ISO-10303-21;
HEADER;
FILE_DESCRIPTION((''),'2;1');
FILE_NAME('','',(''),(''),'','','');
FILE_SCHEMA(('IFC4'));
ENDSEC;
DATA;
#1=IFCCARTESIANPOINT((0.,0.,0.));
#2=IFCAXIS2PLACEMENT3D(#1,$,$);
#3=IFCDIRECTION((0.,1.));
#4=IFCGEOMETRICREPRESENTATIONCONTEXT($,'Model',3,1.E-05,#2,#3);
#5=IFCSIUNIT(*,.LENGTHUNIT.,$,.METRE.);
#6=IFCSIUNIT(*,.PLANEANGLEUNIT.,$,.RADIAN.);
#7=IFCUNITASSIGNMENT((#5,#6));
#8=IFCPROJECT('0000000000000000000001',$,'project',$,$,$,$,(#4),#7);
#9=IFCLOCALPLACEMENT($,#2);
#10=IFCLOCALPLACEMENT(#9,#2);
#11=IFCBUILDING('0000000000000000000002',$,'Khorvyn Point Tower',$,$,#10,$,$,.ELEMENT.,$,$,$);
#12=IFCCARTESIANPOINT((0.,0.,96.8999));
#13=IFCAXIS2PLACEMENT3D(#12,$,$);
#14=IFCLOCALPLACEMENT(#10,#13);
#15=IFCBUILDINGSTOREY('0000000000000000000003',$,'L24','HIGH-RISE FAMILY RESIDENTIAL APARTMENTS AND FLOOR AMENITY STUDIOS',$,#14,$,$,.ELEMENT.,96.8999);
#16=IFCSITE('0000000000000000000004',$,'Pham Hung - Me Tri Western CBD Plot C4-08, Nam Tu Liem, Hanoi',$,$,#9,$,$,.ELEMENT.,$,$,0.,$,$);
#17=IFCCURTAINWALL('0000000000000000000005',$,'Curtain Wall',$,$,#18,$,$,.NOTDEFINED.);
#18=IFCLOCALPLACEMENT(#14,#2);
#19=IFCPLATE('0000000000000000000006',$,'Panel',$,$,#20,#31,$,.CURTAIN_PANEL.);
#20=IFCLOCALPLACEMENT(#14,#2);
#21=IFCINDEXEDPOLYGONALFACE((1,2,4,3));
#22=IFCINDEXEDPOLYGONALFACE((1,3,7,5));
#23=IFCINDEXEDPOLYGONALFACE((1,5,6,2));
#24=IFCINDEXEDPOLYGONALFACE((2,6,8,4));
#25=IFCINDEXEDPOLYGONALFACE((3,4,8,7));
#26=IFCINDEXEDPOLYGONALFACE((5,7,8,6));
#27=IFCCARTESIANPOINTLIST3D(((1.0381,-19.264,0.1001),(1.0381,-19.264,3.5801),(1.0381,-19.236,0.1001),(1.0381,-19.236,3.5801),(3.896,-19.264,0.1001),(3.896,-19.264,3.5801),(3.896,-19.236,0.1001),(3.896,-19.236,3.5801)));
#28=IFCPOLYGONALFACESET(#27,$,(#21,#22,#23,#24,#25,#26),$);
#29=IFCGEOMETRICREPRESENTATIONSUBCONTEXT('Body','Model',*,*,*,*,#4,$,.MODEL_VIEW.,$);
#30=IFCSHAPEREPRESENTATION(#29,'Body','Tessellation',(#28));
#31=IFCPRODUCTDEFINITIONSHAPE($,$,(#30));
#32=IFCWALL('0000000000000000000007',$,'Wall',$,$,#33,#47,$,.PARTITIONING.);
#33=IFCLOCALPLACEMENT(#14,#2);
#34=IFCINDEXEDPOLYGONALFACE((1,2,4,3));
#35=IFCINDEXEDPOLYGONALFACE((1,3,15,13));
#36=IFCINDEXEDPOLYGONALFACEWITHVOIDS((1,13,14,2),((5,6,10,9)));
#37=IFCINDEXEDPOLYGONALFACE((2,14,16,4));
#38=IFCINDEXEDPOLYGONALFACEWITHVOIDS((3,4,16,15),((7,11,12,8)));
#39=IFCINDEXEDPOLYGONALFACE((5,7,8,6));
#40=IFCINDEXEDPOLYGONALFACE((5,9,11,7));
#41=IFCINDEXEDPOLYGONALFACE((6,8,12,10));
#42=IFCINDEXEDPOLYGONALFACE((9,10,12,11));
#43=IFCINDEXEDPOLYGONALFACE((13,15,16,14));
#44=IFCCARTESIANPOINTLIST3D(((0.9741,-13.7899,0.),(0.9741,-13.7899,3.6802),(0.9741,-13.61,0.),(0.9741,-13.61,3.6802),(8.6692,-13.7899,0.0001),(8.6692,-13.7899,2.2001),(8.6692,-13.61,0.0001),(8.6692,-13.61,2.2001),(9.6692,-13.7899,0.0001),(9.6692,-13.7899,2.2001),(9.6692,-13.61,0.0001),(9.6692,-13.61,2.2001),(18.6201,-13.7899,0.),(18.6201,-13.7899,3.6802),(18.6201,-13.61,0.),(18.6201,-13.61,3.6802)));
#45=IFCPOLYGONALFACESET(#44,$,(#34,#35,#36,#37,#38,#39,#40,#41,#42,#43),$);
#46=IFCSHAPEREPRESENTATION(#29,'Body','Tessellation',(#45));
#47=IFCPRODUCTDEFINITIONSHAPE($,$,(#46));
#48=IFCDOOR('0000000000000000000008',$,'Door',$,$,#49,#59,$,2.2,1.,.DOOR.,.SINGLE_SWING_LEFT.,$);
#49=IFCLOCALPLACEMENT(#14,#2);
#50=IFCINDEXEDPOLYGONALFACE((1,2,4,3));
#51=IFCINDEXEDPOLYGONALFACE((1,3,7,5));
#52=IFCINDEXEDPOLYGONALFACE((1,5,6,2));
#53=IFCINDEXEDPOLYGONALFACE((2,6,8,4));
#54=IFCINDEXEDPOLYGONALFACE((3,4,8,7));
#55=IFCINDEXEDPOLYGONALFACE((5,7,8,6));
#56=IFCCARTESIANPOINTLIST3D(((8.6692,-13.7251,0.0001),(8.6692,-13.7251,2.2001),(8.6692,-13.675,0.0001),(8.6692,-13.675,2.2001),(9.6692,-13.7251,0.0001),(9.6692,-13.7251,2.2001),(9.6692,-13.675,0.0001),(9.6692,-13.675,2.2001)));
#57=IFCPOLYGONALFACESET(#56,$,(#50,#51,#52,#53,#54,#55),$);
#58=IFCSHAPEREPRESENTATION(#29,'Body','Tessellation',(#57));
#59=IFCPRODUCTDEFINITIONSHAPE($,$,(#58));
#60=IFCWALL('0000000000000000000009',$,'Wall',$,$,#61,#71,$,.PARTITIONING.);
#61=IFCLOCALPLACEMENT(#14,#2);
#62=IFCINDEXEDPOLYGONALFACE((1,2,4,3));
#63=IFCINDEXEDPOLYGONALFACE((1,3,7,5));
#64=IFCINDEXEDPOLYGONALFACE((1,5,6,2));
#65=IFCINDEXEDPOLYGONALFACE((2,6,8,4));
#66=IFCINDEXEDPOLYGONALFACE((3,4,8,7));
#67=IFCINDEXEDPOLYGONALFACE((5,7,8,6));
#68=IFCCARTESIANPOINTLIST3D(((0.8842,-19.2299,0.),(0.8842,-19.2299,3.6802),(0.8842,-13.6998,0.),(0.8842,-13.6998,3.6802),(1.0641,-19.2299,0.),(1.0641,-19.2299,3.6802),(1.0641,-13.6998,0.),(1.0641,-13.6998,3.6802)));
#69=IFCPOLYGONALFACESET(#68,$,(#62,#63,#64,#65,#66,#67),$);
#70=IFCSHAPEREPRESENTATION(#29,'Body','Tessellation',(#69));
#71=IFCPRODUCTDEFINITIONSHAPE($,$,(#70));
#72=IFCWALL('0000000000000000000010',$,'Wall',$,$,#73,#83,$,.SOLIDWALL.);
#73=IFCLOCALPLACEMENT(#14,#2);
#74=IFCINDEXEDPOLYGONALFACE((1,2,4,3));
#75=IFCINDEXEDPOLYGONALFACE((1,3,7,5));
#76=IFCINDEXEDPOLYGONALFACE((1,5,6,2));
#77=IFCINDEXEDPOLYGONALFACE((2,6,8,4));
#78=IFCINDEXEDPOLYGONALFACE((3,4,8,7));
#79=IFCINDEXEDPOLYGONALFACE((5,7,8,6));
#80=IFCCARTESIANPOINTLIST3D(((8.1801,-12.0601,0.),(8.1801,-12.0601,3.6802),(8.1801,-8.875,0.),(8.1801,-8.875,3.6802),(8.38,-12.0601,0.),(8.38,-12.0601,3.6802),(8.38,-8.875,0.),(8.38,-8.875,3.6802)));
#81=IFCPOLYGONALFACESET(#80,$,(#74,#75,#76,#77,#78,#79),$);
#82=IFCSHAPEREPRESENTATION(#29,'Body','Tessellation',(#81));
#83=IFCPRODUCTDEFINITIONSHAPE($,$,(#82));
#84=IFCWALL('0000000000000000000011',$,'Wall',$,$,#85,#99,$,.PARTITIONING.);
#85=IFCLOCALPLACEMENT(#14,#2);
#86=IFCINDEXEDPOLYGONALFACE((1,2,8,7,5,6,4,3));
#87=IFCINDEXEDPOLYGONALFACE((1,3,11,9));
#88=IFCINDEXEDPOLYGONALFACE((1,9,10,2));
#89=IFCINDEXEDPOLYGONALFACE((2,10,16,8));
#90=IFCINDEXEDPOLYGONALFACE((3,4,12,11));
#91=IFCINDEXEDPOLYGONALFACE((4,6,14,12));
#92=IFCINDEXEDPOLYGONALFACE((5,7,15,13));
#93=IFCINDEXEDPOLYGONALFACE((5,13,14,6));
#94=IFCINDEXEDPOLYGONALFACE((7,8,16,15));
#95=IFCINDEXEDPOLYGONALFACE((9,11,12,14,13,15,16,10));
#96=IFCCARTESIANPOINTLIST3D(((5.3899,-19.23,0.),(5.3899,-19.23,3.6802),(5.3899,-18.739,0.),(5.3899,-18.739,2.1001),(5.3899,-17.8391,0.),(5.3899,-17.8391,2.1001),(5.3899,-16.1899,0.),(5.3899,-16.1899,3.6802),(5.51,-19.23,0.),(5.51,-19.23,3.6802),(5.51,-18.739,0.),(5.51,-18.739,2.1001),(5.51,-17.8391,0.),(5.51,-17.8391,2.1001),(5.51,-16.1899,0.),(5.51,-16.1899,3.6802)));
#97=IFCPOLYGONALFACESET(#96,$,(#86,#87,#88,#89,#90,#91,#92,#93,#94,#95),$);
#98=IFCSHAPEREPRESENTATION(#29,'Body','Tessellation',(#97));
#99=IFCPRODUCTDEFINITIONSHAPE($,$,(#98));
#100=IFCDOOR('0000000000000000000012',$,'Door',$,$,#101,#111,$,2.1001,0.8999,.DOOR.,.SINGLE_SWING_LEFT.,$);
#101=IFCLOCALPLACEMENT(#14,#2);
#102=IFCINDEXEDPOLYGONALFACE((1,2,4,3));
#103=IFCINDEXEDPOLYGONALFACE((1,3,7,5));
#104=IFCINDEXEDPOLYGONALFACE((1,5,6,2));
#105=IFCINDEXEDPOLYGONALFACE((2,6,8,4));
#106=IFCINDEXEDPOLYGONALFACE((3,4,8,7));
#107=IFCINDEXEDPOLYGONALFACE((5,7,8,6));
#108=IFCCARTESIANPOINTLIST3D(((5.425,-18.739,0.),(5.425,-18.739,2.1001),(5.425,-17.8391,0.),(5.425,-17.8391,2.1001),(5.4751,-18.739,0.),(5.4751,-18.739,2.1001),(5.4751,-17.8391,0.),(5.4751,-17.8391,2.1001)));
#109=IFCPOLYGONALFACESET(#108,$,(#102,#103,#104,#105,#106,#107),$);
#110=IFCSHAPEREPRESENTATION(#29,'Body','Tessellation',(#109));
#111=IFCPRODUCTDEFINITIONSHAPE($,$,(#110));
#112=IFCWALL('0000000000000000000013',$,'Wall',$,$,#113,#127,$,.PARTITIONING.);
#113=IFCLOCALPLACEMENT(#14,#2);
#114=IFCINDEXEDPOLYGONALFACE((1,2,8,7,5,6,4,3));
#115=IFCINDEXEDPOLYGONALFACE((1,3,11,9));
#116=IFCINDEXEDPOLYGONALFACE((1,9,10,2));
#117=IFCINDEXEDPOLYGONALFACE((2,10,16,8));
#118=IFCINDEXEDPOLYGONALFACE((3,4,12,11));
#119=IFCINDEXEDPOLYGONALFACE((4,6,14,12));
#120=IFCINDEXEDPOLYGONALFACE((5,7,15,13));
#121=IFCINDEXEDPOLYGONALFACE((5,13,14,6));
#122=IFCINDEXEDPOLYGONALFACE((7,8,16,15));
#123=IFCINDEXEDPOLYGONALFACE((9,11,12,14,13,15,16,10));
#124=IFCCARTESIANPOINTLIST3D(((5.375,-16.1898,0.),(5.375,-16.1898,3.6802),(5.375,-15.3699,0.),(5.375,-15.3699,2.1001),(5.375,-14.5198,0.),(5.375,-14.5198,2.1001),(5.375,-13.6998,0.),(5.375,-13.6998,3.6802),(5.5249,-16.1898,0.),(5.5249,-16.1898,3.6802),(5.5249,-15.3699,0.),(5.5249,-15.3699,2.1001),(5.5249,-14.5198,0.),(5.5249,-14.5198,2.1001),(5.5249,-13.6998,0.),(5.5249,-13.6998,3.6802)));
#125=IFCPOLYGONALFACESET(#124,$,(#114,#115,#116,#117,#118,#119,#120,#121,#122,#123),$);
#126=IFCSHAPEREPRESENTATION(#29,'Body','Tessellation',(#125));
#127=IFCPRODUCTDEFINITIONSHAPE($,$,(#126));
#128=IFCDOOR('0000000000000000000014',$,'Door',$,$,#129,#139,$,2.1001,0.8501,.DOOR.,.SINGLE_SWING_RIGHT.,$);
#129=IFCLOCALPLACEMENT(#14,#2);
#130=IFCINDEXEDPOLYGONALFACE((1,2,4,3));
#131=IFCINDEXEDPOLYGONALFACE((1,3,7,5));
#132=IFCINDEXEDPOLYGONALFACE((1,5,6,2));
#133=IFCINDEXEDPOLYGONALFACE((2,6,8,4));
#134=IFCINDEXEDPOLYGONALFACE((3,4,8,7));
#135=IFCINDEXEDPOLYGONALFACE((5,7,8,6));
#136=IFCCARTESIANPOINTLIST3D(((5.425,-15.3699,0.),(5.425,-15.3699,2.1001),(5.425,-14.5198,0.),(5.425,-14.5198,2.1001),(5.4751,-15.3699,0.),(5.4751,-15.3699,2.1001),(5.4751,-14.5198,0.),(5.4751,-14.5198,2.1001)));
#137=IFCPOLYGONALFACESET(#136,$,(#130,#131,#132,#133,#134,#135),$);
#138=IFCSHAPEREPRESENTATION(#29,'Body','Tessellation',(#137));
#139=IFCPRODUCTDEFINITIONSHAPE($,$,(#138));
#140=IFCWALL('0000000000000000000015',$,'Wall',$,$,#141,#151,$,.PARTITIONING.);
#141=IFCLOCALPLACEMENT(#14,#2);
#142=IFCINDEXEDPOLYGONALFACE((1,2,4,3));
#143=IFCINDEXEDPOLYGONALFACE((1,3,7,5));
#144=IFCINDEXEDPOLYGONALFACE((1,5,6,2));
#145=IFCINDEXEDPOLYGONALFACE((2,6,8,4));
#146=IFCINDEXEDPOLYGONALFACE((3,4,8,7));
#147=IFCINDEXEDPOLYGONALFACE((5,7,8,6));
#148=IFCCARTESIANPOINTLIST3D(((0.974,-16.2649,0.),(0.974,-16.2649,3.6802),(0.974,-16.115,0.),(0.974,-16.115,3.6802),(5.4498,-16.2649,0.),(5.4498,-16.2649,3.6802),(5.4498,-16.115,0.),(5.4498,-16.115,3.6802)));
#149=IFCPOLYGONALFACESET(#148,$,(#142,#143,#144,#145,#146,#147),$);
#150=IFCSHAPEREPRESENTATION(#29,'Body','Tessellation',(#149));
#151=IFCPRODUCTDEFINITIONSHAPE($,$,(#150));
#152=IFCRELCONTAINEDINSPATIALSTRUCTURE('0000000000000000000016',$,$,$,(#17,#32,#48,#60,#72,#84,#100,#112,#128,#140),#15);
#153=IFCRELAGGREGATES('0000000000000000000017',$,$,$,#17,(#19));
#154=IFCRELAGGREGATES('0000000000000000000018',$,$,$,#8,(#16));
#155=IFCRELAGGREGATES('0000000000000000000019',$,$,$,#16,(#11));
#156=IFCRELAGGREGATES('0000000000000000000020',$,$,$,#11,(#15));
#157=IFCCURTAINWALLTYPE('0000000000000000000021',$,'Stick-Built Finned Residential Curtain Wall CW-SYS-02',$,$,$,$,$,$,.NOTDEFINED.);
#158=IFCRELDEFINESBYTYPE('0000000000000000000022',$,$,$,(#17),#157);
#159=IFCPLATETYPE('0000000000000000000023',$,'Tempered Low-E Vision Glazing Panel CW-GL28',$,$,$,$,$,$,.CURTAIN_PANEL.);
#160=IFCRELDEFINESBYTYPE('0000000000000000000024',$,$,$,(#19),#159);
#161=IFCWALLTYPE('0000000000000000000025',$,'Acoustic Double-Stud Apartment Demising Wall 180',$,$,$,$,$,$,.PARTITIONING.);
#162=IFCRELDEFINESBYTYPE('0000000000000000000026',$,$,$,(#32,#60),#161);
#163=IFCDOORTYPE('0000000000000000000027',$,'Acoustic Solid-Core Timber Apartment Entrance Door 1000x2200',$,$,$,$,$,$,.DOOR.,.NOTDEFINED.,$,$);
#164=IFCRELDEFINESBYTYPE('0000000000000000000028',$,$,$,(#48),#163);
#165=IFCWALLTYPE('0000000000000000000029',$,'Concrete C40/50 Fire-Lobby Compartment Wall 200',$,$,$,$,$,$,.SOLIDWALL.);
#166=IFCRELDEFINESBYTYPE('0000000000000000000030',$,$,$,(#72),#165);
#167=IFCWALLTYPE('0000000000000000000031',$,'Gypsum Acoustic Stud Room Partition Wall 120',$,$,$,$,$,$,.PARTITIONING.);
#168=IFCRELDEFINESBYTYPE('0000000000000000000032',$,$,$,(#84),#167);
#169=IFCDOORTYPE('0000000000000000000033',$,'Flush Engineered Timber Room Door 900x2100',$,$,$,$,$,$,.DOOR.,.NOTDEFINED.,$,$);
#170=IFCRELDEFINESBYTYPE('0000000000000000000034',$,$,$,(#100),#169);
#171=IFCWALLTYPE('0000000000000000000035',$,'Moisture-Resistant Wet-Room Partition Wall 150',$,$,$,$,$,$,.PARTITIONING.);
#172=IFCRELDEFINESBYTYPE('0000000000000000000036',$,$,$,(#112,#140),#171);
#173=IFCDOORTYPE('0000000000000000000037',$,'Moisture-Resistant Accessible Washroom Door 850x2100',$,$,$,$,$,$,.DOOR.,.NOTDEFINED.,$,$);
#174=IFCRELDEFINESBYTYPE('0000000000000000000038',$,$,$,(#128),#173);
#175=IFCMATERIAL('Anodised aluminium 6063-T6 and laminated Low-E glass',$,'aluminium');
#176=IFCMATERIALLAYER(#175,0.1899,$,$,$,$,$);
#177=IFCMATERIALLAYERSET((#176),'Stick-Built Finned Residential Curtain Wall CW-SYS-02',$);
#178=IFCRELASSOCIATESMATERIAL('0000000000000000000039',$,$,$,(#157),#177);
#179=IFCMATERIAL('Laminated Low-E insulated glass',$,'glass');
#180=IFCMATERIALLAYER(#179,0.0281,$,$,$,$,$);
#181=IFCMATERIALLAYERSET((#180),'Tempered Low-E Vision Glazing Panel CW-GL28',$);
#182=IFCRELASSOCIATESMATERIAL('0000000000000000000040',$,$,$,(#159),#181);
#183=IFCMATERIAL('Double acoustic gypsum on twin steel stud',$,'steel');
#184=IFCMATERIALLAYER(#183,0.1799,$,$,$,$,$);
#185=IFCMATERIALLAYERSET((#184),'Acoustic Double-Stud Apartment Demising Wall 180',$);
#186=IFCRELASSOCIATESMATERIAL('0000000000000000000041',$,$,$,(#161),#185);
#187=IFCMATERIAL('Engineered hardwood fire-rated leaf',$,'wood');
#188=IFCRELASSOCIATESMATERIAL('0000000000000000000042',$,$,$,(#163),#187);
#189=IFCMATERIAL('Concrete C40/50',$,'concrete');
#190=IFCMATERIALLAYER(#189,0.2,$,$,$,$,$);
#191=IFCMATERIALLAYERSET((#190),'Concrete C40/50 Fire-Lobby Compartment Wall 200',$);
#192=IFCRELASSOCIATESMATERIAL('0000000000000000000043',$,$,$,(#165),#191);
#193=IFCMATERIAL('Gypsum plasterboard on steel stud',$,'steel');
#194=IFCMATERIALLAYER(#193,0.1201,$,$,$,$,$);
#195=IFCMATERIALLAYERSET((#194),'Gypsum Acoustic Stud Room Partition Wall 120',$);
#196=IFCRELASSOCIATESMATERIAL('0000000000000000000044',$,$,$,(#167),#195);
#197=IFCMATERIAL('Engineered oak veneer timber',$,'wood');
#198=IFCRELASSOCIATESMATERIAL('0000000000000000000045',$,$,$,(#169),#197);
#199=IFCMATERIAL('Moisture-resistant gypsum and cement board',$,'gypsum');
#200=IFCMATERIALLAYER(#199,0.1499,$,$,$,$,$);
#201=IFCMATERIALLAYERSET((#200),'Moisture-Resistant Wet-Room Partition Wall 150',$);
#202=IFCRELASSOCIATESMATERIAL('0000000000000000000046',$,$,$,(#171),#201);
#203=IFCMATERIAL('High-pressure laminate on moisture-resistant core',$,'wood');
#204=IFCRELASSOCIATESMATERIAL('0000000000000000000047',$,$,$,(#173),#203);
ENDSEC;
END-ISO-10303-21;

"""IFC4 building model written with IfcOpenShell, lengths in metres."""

from ifc_helpers import new_model, si_unit, direction, frame, frame_2d, origin, origin_2d, place, context, subcontext, project, spatial, rectangle, extrude, material, layer, layer_set, type_object, element, fill, aggregate, save


model = new_model("IFC4")

# Units and contexts
model_context = context("Model", 3, precision=1e-05, world=origin(), true_north=direction((0.0, 1.0)))
body_context = subcontext(model_context, "Body", "Model", "MODEL_VIEW")
ifc_project = project(units=[si_unit("LENGTHUNIT", "METRE"), si_unit("PLANEANGLEUNIT", "RADIAN")], contexts=[model_context])

# Site, building, storey
site_placement = place(None, origin())
site = spatial("IfcSite", under=ifc_project, at=site_placement, Name="Pham Hung - Me Tri Western CBD Plot C4-08, Nam Tu Liem, Hanoi", CompositionType="ELEMENT", RefElevation=0.0)
building_placement = place(site_placement, origin())
building = spatial("IfcBuilding", under=site, at=building_placement, Name="Khorvyn Point Tower", CompositionType="ELEMENT")
storey_placement = place(building_placement, frame((0.0, 0.0, 96.8999)))
storey = spatial("IfcBuildingStorey", under=building, at=storey_placement, Name="L24", Description="HIGH-RISE FAMILY RESIDENTIAL APARTMENTS AND FLOOR AMENITY STUDIOS", CompositionType="ELEMENT", Elevation=96.8999)

# Curtain wall
ifc_material_1 = material(Name="Anodised aluminium 6063-T6 and laminated Low-E glass", Category="aluminium")
ifc_layer_1 = layer(ifc_material_1, 0.1899)
ifc_layer_set_1 = layer_set([ifc_layer_1], Name="Stick-Built Finned Residential Curtain Wall CW-SYS-02")
curtain_wall_type = type_object("IfcCurtainWallType", Name="Stick-Built Finned Residential Curtain Wall CW-SYS-02", PredefinedType="NOTDEFINED", material=ifc_layer_set_1)
curtain_wall_placement = place(storey_placement, origin())
curtain_wall = element("IfcCurtainWall", 1, at=curtain_wall_placement, inside=storey, type_object=curtain_wall_type, Name="Curtain Wall", PredefinedType="NOTDEFINED")

# Plate
ifc_material_2 = material(Name="Laminated Low-E insulated glass", Category="glass")
ifc_layer_2 = layer(ifc_material_2, 0.0281)
ifc_layer_set_2 = layer_set([ifc_layer_2], Name="Tempered Low-E Vision Glazing Panel CW-GL28")
plate_type = type_object("IfcPlateType", Name="Tempered Low-E Vision Glazing Panel CW-GL28", PredefinedType="CURTAIN_PANEL", material=ifc_layer_set_2)
plate_1_placement = place(storey_placement, frame((2.467, -19.25, 0.1001), z_axis=(0.0, 0.0, 1.0), x_axis=(-1.0, 0.0, 0.0)))
plate_1 = element("IfcPlate", 2, at=plate_1_placement, type_object=plate_type, Name="Panel", PredefinedType="CURTAIN_PANEL", context=body_context, shape_type="SweptSolid", body=[
    extrude(rectangle(XDim=2.8579, YDim=0.0281, at=origin_2d()), origin(), (0.0, 0.0, 1.0), 3.48),
])
aggregate(curtain_wall, [plate_1])

# Wall, opening, door
ifc_material_3 = material(Name="Double acoustic gypsum on twin steel stud", Category="steel")
ifc_layer_3 = layer(ifc_material_3, 0.1799)
ifc_layer_set_3 = layer_set([ifc_layer_3], Name="Acoustic Double-Stud Apartment Demising Wall 180")
wall_type_1 = type_object("IfcWallType", Name="Acoustic Double-Stud Apartment Demising Wall 180", PredefinedType="PARTITIONING", material=ifc_layer_set_3)
wall_1_placement = place(storey_placement, frame((0.9741, -13.7, 0.0), z_axis=(0.0, 0.0, 1.0), x_axis=(1.0, 0.0, 0.0)))
wall_1 = element("IfcWall", 3, at=wall_1_placement, inside=storey, type_object=wall_type_1, Name="Wall", PredefinedType="PARTITIONING", context=body_context, shape_type="SweptSolid", body=[
    extrude(rectangle(XDim=17.646, YDim=0.1799, at=frame_2d((8.823, 0.0))), origin(), (0.0, 0.0, 1.0), 3.6802),
])
opening_1_placement = place(wall_1_placement, frame((7.6951, 0.0, 0.0)))
opening_1 = element("IfcOpeningElement", 4, at=opening_1_placement, cuts=wall_1, PredefinedType="OPENING", context=body_context, shape_type="SweptSolid", body=[
    extrude(rectangle(XDim=1.0, YDim=2.2, at=frame_2d((0.5, 1.1001))), frame((0.0, 0.0999, 0.0), z_axis=(0.0, -1.0, 0.0), x_axis=(1.0, 0.0, 0.0)), (0.0, 0.0, 1.0), 0.2),
])
ifc_material_4 = material(Name="Engineered hardwood fire-rated leaf", Category="wood")
door_type_1 = type_object("IfcDoorType", Name="Acoustic Solid-Core Timber Apartment Entrance Door 1000x2200", OperationType="NOTDEFINED", PredefinedType="DOOR", material=ifc_material_4)
door_1_placement = place(opening_1_placement, origin())
door_1 = element("IfcDoor", 5, at=door_1_placement, inside=storey, type_object=door_type_1, Name="Door", OperationType="SINGLE_SWING_LEFT", OverallHeight=2.2, OverallWidth=1.0, PredefinedType="DOOR", context=body_context, shape_type="SweptSolid", body=[
    extrude(rectangle(XDim=1.0, YDim=2.2, at=frame_2d((0.5, 1.1001))), frame((0.0, 0.0249, 0.0), z_axis=(0.0, -1.0, 0.0), x_axis=(1.0, 0.0, 0.0)), (0.0, 0.0, 1.0), 0.05),
])
fill(opening_1, door_1)

# Wall
wall_2_placement = place(storey_placement, frame((0.9741, -19.23, 0.0), z_axis=(0.0, 0.0, 1.0), x_axis=(0.0, 1.0, 0.0)))
element("IfcWall", 6, at=wall_2_placement, inside=storey, type_object=wall_type_1, Name="Wall", PredefinedType="PARTITIONING", context=body_context, shape_type="SweptSolid", body=[
    extrude(rectangle(XDim=5.53, YDim=0.1799, at=frame_2d((2.7651, 0.0))), origin(), (0.0, 0.0, 1.0), 3.6802),
])

# Shared definitions
ifc_material_5 = material(Name="Concrete C40/50", Category="concrete")
ifc_layer_4 = layer(ifc_material_5, 0.2)
ifc_layer_set_4 = layer_set([ifc_layer_4], Name="Concrete C40/50 Fire-Lobby Compartment Wall 200")
wall_type_2 = type_object("IfcWallType", Name="Concrete C40/50 Fire-Lobby Compartment Wall 200", PredefinedType="SOLIDWALL", material=ifc_layer_set_4)

# Wall
wall_3_placement = place(storey_placement, frame((8.28, -12.0601, 0.0), z_axis=(0.0, 0.0, 1.0), x_axis=(0.0, 1.0, 0.0)))
element("IfcWall", 7, at=wall_3_placement, inside=storey, type_object=wall_type_2, Name="Wall", PredefinedType="SOLIDWALL", context=body_context, shape_type="SweptSolid", body=[
    extrude(rectangle(XDim=3.1851, YDim=0.2, at=frame_2d((1.5925, 0.0))), origin(), (0.0, 0.0, 1.0), 3.6802),
])

# Walls, openings, doors
ifc_material_6 = material(Name="Gypsum plasterboard on steel stud", Category="steel")
ifc_layer_5 = layer(ifc_material_6, 0.1201)
ifc_layer_set_5 = layer_set([ifc_layer_5], Name="Gypsum Acoustic Stud Room Partition Wall 120")
wall_type_3 = type_object("IfcWallType", Name="Gypsum Acoustic Stud Room Partition Wall 120", PredefinedType="PARTITIONING", material=ifc_layer_set_5)
wall_4_placement = place(storey_placement, frame((5.45, -19.23, 0.0), z_axis=(0.0, 0.0, 1.0), x_axis=(0.0, 1.0, 0.0)))
wall_4 = element("IfcWall", 8, at=wall_4_placement, inside=storey, type_object=wall_type_3, Name="Wall", PredefinedType="PARTITIONING", context=body_context, shape_type="SweptSolid", body=[
    extrude(rectangle(XDim=3.04, YDim=0.1201, at=frame_2d((1.52, 0.0))), origin(), (0.0, 0.0, 1.0), 3.6802),
])
opening_2_placement = place(wall_4_placement, frame((0.491, 0.0, 0.0)))
opening_2 = element("IfcOpeningElement", 9, at=opening_2_placement, cuts=wall_4, PredefinedType="OPENING", context=body_context, shape_type="SweptSolid", body=[
    extrude(rectangle(XDim=0.8999, YDim=2.1001, at=frame_2d((0.45, 1.05))), frame((0.0, 0.0701, 0.0), z_axis=(0.0, -1.0, 0.0), x_axis=(1.0, 0.0, 0.0)), (0.0, 0.0, 1.0), 0.1401),
])
ifc_material_7 = material(Name="Engineered oak veneer timber", Category="wood")
door_type_2 = type_object("IfcDoorType", Name="Flush Engineered Timber Room Door 900x2100", OperationType="NOTDEFINED", PredefinedType="DOOR", material=ifc_material_7)
door_2_placement = place(opening_2_placement, origin())
door_2 = element("IfcDoor", 10, at=door_2_placement, inside=storey, type_object=door_type_2, Name="Door", OperationType="SINGLE_SWING_LEFT", OverallHeight=2.1001, OverallWidth=0.8999, PredefinedType="DOOR", context=body_context, shape_type="SweptSolid", body=[
    extrude(rectangle(XDim=0.8999, YDim=2.1001, at=frame_2d((0.45, 1.05))), frame((0.0, 0.0249, 0.0), z_axis=(0.0, -1.0, 0.0), x_axis=(1.0, 0.0, 0.0)), (0.0, 0.0, 1.0), 0.05),
])
fill(opening_2, door_2)
ifc_material_8 = material(Name="Moisture-resistant gypsum and cement board", Category="gypsum")
ifc_layer_6 = layer(ifc_material_8, 0.1499)
ifc_layer_set_6 = layer_set([ifc_layer_6], Name="Moisture-Resistant Wet-Room Partition Wall 150")
wall_type_4 = type_object("IfcWallType", Name="Moisture-Resistant Wet-Room Partition Wall 150", PredefinedType="PARTITIONING", material=ifc_layer_set_6)
wall_5_placement = place(storey_placement, frame((5.45, -16.1899, 0.0), z_axis=(0.0, 0.0, 1.0), x_axis=(0.0, 1.0, 0.0)))
wall_5 = element("IfcWall", 11, at=wall_5_placement, inside=storey, type_object=wall_type_4, Name="Wall", PredefinedType="PARTITIONING", context=body_context, shape_type="SweptSolid", body=[
    extrude(rectangle(XDim=2.49, YDim=0.1499, at=frame_2d((1.2451, 0.0))), origin(), (0.0, 0.0, 1.0), 3.6802),
])
opening_3_placement = place(wall_5_placement, frame((0.8201, 0.0, 0.0)))
opening_3 = element("IfcOpeningElement", 12, at=opening_3_placement, cuts=wall_5, PredefinedType="OPENING", context=body_context, shape_type="SweptSolid", body=[
    extrude(rectangle(XDim=0.8501, YDim=2.1001, at=frame_2d((0.425, 1.05))), frame((0.0, 0.085, 0.0), z_axis=(0.0, -1.0, 0.0), x_axis=(1.0, 0.0, 0.0)), (0.0, 0.0, 1.0), 0.1699),
])
ifc_material_9 = material(Name="High-pressure laminate on moisture-resistant core", Category="wood")
door_type_3 = type_object("IfcDoorType", Name="Moisture-Resistant Accessible Washroom Door 850x2100", OperationType="NOTDEFINED", PredefinedType="DOOR", material=ifc_material_9)
door_3_placement = place(opening_3_placement, origin())
door_3 = element("IfcDoor", 13, at=door_3_placement, inside=storey, type_object=door_type_3, Name="Door", OperationType="SINGLE_SWING_RIGHT", OverallHeight=2.1001, OverallWidth=0.8501, PredefinedType="DOOR", context=body_context, shape_type="SweptSolid", body=[
    extrude(rectangle(XDim=0.8501, YDim=2.1001, at=frame_2d((0.425, 1.05))), frame((0.0, 0.0249, 0.0), z_axis=(0.0, -1.0, 0.0), x_axis=(1.0, 0.0, 0.0)), (0.0, 0.0, 1.0), 0.05),
])
fill(opening_3, door_3)

# Wall
wall_6_placement = place(storey_placement, frame((0.9741, -16.1899, 0.0), z_axis=(0.0, 0.0, 1.0), x_axis=(1.0, 0.0, 0.0)))
element("IfcWall", 14, at=wall_6_placement, inside=storey, type_object=wall_type_4, Name="Wall", PredefinedType="PARTITIONING", context=body_context, shape_type="SweptSolid", body=[
    extrude(rectangle(XDim=4.4758, YDim=0.1499, at=frame_2d((2.2378, 0.0))), origin(), (0.0, 0.0, 1.0), 3.6802),
])

save(model, "model.ifc")
